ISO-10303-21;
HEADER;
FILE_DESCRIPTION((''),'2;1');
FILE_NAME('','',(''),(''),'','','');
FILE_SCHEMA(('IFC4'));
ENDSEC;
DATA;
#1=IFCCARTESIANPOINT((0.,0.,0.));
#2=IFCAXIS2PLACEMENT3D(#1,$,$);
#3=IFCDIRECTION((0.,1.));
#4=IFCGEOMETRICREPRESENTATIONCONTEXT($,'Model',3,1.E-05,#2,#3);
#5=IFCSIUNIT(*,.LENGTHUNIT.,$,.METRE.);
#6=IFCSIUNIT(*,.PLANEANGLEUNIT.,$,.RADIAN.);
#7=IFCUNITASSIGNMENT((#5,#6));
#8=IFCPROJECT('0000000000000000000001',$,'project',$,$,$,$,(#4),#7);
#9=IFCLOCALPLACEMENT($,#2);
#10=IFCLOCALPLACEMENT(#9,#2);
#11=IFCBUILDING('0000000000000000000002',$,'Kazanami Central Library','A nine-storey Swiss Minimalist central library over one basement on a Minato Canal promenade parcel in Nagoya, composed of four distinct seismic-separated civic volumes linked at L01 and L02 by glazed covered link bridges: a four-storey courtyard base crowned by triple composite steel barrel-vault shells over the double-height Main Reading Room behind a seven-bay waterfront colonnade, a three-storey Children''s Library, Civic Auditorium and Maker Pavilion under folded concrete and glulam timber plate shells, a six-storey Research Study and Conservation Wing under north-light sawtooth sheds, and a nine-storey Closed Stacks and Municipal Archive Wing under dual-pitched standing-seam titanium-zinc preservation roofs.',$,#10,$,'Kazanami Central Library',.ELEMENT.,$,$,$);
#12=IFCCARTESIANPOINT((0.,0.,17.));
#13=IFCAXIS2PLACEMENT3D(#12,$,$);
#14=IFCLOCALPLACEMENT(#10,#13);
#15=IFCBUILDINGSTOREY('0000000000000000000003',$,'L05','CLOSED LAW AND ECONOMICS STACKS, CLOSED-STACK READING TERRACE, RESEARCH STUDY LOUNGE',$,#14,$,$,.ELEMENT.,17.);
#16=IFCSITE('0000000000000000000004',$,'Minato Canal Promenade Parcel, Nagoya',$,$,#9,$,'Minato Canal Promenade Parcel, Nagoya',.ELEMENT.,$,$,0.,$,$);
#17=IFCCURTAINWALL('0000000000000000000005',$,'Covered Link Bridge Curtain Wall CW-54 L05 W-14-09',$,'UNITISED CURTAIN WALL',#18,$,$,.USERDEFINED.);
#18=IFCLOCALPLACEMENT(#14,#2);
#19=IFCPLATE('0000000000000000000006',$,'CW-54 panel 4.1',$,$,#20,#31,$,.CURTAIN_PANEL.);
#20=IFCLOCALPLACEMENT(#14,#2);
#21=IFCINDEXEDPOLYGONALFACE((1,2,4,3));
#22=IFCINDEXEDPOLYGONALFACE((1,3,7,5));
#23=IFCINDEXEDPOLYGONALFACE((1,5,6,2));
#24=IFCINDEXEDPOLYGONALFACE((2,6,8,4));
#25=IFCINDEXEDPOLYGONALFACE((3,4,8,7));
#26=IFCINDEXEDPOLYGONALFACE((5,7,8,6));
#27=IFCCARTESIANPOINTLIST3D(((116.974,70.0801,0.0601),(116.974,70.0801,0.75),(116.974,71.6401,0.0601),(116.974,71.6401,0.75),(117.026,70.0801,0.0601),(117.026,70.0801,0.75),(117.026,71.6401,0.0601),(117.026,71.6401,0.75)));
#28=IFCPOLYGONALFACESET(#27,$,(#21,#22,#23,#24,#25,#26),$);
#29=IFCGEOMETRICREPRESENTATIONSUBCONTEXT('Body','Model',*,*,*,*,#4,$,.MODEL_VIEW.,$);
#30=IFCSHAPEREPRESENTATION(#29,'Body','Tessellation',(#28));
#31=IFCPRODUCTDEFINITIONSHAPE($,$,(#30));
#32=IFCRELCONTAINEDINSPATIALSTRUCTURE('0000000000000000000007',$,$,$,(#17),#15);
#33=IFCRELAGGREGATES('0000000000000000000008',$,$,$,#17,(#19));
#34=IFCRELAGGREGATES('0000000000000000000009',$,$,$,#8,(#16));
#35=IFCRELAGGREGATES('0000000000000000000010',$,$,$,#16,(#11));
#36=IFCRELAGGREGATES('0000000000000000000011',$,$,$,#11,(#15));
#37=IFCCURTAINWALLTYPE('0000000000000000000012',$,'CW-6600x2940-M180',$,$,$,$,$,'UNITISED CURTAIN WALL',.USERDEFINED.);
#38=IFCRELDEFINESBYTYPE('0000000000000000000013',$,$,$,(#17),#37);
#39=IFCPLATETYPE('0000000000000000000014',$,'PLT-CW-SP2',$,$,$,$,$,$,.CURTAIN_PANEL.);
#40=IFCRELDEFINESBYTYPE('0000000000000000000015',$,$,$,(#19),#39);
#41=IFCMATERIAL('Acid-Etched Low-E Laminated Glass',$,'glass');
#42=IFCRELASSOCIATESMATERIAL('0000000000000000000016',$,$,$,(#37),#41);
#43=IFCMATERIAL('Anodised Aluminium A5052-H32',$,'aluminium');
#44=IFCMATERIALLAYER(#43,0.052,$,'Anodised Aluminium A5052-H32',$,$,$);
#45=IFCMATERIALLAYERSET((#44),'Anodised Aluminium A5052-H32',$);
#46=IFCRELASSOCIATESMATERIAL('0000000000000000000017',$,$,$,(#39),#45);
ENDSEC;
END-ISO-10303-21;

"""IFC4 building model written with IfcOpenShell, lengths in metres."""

from ifc_helpers import new_model, si_unit, direction, frame, origin, origin_2d, place, context, subcontext, project, spatial, rectangle, extrude, material, layer, layer_set, type_object, element, aggregate, save


model = new_model("IFC4")

# Units and contexts
model_context = context("Model", 3, precision=1e-05, world=origin(), true_north=direction((0.0, 1.0)))
body_context = subcontext(model_context, "Body", "Model", "MODEL_VIEW")
ifc_project = project(units=[si_unit("LENGTHUNIT", "METRE"), si_unit("PLANEANGLEUNIT", "RADIAN")], contexts=[model_context])

# Site, building, storey
site_placement = place(None, origin())
site = spatial("IfcSite", under=ifc_project, at=site_placement, Name="Minato Canal Promenade Parcel, Nagoya", LongName="Minato Canal Promenade Parcel, Nagoya", CompositionType="ELEMENT", RefElevation=0.0)
building_placement = place(site_placement, origin())
building = spatial("IfcBuilding", under=site, at=building_placement, Name="Kazanami Central Library", Description="A nine-storey Swiss Minimalist central library over one basement on a Minato Canal promenade parcel in Nagoya, composed of four distinct seismic-separated civic volumes linked at L01 and L02 by glazed covered link bridges: a four-storey courtyard base crowned by triple composite steel barrel-vault shells over the double-height Main Reading Room behind a seven-bay waterfront colonnade, a three-storey Children's Library, Civic Auditorium and Maker Pavilion under folded concrete and glulam timber plate shells, a six-storey Research Study and Conservation Wing under north-light sawtooth sheds, and a nine-storey Closed Stacks and Municipal Archive Wing under dual-pitched standing-seam titanium-zinc preservation roofs.", LongName="Kazanami Central Library", CompositionType="ELEMENT")
storey_placement = place(building_placement, frame((0.0, 0.0, 17.0)))
storey = spatial("IfcBuildingStorey", under=building, at=storey_placement, Name="L05", Description="CLOSED LAW AND ECONOMICS STACKS, CLOSED-STACK READING TERRACE, RESEARCH STUDY LOUNGE", CompositionType="ELEMENT", Elevation=17.0)

# Curtain wall
ifc_material_1 = material(Name="Acid-Etched Low-E Laminated Glass", Category="glass")
curtain_wall_type = type_object("IfcCurtainWallType", Name="CW-6600x2940-M180", ElementType="UNITISED CURTAIN WALL", PredefinedType="USERDEFINED", material=ifc_material_1)
curtain_wall_1_placement = place(storey_placement, origin())
curtain_wall_1 = element("IfcCurtainWall", 1, at=curtain_wall_1_placement, inside=storey, type_object=curtain_wall_type, Name="Covered Link Bridge Curtain Wall CW-54 L05 W-14-09", ObjectType="UNITISED CURTAIN WALL", PredefinedType="USERDEFINED")

# Plate
ifc_material_2 = material(Name="Anodised Aluminium A5052-H32", Category="aluminium")
ifc_layer_1 = layer(ifc_material_2, 0.052, Name="Anodised Aluminium A5052-H32")
ifc_layer_set_1 = layer_set([ifc_layer_1], Name="Anodised Aluminium A5052-H32")
plate_type_1 = type_object("IfcPlateType", Name="PLT-CW-SP2", PredefinedType="CURTAIN_PANEL", material=ifc_layer_set_1)
plate_1_placement = place(storey_placement, frame((117.0, 70.8601, 0.0601), z_axis=(0.0, 0.0, 1.0), x_axis=(0.0, 1.0, 0.0)))
plate_1 = element("IfcPlate", 2, at=plate_1_placement, type_object=plate_type_1, Name="CW-54 panel 4.1", PredefinedType="CURTAIN_PANEL", context=body_context, shape_type="SweptSolid", body=[
    extrude(rectangle(XDim=1.5601, YDim=0.052, at=origin_2d()), origin(), (0.0, 0.0, 1.0), 0.6899),
])
aggregate(curtain_wall_1, [plate_1])

save(model, "model.ifc")
